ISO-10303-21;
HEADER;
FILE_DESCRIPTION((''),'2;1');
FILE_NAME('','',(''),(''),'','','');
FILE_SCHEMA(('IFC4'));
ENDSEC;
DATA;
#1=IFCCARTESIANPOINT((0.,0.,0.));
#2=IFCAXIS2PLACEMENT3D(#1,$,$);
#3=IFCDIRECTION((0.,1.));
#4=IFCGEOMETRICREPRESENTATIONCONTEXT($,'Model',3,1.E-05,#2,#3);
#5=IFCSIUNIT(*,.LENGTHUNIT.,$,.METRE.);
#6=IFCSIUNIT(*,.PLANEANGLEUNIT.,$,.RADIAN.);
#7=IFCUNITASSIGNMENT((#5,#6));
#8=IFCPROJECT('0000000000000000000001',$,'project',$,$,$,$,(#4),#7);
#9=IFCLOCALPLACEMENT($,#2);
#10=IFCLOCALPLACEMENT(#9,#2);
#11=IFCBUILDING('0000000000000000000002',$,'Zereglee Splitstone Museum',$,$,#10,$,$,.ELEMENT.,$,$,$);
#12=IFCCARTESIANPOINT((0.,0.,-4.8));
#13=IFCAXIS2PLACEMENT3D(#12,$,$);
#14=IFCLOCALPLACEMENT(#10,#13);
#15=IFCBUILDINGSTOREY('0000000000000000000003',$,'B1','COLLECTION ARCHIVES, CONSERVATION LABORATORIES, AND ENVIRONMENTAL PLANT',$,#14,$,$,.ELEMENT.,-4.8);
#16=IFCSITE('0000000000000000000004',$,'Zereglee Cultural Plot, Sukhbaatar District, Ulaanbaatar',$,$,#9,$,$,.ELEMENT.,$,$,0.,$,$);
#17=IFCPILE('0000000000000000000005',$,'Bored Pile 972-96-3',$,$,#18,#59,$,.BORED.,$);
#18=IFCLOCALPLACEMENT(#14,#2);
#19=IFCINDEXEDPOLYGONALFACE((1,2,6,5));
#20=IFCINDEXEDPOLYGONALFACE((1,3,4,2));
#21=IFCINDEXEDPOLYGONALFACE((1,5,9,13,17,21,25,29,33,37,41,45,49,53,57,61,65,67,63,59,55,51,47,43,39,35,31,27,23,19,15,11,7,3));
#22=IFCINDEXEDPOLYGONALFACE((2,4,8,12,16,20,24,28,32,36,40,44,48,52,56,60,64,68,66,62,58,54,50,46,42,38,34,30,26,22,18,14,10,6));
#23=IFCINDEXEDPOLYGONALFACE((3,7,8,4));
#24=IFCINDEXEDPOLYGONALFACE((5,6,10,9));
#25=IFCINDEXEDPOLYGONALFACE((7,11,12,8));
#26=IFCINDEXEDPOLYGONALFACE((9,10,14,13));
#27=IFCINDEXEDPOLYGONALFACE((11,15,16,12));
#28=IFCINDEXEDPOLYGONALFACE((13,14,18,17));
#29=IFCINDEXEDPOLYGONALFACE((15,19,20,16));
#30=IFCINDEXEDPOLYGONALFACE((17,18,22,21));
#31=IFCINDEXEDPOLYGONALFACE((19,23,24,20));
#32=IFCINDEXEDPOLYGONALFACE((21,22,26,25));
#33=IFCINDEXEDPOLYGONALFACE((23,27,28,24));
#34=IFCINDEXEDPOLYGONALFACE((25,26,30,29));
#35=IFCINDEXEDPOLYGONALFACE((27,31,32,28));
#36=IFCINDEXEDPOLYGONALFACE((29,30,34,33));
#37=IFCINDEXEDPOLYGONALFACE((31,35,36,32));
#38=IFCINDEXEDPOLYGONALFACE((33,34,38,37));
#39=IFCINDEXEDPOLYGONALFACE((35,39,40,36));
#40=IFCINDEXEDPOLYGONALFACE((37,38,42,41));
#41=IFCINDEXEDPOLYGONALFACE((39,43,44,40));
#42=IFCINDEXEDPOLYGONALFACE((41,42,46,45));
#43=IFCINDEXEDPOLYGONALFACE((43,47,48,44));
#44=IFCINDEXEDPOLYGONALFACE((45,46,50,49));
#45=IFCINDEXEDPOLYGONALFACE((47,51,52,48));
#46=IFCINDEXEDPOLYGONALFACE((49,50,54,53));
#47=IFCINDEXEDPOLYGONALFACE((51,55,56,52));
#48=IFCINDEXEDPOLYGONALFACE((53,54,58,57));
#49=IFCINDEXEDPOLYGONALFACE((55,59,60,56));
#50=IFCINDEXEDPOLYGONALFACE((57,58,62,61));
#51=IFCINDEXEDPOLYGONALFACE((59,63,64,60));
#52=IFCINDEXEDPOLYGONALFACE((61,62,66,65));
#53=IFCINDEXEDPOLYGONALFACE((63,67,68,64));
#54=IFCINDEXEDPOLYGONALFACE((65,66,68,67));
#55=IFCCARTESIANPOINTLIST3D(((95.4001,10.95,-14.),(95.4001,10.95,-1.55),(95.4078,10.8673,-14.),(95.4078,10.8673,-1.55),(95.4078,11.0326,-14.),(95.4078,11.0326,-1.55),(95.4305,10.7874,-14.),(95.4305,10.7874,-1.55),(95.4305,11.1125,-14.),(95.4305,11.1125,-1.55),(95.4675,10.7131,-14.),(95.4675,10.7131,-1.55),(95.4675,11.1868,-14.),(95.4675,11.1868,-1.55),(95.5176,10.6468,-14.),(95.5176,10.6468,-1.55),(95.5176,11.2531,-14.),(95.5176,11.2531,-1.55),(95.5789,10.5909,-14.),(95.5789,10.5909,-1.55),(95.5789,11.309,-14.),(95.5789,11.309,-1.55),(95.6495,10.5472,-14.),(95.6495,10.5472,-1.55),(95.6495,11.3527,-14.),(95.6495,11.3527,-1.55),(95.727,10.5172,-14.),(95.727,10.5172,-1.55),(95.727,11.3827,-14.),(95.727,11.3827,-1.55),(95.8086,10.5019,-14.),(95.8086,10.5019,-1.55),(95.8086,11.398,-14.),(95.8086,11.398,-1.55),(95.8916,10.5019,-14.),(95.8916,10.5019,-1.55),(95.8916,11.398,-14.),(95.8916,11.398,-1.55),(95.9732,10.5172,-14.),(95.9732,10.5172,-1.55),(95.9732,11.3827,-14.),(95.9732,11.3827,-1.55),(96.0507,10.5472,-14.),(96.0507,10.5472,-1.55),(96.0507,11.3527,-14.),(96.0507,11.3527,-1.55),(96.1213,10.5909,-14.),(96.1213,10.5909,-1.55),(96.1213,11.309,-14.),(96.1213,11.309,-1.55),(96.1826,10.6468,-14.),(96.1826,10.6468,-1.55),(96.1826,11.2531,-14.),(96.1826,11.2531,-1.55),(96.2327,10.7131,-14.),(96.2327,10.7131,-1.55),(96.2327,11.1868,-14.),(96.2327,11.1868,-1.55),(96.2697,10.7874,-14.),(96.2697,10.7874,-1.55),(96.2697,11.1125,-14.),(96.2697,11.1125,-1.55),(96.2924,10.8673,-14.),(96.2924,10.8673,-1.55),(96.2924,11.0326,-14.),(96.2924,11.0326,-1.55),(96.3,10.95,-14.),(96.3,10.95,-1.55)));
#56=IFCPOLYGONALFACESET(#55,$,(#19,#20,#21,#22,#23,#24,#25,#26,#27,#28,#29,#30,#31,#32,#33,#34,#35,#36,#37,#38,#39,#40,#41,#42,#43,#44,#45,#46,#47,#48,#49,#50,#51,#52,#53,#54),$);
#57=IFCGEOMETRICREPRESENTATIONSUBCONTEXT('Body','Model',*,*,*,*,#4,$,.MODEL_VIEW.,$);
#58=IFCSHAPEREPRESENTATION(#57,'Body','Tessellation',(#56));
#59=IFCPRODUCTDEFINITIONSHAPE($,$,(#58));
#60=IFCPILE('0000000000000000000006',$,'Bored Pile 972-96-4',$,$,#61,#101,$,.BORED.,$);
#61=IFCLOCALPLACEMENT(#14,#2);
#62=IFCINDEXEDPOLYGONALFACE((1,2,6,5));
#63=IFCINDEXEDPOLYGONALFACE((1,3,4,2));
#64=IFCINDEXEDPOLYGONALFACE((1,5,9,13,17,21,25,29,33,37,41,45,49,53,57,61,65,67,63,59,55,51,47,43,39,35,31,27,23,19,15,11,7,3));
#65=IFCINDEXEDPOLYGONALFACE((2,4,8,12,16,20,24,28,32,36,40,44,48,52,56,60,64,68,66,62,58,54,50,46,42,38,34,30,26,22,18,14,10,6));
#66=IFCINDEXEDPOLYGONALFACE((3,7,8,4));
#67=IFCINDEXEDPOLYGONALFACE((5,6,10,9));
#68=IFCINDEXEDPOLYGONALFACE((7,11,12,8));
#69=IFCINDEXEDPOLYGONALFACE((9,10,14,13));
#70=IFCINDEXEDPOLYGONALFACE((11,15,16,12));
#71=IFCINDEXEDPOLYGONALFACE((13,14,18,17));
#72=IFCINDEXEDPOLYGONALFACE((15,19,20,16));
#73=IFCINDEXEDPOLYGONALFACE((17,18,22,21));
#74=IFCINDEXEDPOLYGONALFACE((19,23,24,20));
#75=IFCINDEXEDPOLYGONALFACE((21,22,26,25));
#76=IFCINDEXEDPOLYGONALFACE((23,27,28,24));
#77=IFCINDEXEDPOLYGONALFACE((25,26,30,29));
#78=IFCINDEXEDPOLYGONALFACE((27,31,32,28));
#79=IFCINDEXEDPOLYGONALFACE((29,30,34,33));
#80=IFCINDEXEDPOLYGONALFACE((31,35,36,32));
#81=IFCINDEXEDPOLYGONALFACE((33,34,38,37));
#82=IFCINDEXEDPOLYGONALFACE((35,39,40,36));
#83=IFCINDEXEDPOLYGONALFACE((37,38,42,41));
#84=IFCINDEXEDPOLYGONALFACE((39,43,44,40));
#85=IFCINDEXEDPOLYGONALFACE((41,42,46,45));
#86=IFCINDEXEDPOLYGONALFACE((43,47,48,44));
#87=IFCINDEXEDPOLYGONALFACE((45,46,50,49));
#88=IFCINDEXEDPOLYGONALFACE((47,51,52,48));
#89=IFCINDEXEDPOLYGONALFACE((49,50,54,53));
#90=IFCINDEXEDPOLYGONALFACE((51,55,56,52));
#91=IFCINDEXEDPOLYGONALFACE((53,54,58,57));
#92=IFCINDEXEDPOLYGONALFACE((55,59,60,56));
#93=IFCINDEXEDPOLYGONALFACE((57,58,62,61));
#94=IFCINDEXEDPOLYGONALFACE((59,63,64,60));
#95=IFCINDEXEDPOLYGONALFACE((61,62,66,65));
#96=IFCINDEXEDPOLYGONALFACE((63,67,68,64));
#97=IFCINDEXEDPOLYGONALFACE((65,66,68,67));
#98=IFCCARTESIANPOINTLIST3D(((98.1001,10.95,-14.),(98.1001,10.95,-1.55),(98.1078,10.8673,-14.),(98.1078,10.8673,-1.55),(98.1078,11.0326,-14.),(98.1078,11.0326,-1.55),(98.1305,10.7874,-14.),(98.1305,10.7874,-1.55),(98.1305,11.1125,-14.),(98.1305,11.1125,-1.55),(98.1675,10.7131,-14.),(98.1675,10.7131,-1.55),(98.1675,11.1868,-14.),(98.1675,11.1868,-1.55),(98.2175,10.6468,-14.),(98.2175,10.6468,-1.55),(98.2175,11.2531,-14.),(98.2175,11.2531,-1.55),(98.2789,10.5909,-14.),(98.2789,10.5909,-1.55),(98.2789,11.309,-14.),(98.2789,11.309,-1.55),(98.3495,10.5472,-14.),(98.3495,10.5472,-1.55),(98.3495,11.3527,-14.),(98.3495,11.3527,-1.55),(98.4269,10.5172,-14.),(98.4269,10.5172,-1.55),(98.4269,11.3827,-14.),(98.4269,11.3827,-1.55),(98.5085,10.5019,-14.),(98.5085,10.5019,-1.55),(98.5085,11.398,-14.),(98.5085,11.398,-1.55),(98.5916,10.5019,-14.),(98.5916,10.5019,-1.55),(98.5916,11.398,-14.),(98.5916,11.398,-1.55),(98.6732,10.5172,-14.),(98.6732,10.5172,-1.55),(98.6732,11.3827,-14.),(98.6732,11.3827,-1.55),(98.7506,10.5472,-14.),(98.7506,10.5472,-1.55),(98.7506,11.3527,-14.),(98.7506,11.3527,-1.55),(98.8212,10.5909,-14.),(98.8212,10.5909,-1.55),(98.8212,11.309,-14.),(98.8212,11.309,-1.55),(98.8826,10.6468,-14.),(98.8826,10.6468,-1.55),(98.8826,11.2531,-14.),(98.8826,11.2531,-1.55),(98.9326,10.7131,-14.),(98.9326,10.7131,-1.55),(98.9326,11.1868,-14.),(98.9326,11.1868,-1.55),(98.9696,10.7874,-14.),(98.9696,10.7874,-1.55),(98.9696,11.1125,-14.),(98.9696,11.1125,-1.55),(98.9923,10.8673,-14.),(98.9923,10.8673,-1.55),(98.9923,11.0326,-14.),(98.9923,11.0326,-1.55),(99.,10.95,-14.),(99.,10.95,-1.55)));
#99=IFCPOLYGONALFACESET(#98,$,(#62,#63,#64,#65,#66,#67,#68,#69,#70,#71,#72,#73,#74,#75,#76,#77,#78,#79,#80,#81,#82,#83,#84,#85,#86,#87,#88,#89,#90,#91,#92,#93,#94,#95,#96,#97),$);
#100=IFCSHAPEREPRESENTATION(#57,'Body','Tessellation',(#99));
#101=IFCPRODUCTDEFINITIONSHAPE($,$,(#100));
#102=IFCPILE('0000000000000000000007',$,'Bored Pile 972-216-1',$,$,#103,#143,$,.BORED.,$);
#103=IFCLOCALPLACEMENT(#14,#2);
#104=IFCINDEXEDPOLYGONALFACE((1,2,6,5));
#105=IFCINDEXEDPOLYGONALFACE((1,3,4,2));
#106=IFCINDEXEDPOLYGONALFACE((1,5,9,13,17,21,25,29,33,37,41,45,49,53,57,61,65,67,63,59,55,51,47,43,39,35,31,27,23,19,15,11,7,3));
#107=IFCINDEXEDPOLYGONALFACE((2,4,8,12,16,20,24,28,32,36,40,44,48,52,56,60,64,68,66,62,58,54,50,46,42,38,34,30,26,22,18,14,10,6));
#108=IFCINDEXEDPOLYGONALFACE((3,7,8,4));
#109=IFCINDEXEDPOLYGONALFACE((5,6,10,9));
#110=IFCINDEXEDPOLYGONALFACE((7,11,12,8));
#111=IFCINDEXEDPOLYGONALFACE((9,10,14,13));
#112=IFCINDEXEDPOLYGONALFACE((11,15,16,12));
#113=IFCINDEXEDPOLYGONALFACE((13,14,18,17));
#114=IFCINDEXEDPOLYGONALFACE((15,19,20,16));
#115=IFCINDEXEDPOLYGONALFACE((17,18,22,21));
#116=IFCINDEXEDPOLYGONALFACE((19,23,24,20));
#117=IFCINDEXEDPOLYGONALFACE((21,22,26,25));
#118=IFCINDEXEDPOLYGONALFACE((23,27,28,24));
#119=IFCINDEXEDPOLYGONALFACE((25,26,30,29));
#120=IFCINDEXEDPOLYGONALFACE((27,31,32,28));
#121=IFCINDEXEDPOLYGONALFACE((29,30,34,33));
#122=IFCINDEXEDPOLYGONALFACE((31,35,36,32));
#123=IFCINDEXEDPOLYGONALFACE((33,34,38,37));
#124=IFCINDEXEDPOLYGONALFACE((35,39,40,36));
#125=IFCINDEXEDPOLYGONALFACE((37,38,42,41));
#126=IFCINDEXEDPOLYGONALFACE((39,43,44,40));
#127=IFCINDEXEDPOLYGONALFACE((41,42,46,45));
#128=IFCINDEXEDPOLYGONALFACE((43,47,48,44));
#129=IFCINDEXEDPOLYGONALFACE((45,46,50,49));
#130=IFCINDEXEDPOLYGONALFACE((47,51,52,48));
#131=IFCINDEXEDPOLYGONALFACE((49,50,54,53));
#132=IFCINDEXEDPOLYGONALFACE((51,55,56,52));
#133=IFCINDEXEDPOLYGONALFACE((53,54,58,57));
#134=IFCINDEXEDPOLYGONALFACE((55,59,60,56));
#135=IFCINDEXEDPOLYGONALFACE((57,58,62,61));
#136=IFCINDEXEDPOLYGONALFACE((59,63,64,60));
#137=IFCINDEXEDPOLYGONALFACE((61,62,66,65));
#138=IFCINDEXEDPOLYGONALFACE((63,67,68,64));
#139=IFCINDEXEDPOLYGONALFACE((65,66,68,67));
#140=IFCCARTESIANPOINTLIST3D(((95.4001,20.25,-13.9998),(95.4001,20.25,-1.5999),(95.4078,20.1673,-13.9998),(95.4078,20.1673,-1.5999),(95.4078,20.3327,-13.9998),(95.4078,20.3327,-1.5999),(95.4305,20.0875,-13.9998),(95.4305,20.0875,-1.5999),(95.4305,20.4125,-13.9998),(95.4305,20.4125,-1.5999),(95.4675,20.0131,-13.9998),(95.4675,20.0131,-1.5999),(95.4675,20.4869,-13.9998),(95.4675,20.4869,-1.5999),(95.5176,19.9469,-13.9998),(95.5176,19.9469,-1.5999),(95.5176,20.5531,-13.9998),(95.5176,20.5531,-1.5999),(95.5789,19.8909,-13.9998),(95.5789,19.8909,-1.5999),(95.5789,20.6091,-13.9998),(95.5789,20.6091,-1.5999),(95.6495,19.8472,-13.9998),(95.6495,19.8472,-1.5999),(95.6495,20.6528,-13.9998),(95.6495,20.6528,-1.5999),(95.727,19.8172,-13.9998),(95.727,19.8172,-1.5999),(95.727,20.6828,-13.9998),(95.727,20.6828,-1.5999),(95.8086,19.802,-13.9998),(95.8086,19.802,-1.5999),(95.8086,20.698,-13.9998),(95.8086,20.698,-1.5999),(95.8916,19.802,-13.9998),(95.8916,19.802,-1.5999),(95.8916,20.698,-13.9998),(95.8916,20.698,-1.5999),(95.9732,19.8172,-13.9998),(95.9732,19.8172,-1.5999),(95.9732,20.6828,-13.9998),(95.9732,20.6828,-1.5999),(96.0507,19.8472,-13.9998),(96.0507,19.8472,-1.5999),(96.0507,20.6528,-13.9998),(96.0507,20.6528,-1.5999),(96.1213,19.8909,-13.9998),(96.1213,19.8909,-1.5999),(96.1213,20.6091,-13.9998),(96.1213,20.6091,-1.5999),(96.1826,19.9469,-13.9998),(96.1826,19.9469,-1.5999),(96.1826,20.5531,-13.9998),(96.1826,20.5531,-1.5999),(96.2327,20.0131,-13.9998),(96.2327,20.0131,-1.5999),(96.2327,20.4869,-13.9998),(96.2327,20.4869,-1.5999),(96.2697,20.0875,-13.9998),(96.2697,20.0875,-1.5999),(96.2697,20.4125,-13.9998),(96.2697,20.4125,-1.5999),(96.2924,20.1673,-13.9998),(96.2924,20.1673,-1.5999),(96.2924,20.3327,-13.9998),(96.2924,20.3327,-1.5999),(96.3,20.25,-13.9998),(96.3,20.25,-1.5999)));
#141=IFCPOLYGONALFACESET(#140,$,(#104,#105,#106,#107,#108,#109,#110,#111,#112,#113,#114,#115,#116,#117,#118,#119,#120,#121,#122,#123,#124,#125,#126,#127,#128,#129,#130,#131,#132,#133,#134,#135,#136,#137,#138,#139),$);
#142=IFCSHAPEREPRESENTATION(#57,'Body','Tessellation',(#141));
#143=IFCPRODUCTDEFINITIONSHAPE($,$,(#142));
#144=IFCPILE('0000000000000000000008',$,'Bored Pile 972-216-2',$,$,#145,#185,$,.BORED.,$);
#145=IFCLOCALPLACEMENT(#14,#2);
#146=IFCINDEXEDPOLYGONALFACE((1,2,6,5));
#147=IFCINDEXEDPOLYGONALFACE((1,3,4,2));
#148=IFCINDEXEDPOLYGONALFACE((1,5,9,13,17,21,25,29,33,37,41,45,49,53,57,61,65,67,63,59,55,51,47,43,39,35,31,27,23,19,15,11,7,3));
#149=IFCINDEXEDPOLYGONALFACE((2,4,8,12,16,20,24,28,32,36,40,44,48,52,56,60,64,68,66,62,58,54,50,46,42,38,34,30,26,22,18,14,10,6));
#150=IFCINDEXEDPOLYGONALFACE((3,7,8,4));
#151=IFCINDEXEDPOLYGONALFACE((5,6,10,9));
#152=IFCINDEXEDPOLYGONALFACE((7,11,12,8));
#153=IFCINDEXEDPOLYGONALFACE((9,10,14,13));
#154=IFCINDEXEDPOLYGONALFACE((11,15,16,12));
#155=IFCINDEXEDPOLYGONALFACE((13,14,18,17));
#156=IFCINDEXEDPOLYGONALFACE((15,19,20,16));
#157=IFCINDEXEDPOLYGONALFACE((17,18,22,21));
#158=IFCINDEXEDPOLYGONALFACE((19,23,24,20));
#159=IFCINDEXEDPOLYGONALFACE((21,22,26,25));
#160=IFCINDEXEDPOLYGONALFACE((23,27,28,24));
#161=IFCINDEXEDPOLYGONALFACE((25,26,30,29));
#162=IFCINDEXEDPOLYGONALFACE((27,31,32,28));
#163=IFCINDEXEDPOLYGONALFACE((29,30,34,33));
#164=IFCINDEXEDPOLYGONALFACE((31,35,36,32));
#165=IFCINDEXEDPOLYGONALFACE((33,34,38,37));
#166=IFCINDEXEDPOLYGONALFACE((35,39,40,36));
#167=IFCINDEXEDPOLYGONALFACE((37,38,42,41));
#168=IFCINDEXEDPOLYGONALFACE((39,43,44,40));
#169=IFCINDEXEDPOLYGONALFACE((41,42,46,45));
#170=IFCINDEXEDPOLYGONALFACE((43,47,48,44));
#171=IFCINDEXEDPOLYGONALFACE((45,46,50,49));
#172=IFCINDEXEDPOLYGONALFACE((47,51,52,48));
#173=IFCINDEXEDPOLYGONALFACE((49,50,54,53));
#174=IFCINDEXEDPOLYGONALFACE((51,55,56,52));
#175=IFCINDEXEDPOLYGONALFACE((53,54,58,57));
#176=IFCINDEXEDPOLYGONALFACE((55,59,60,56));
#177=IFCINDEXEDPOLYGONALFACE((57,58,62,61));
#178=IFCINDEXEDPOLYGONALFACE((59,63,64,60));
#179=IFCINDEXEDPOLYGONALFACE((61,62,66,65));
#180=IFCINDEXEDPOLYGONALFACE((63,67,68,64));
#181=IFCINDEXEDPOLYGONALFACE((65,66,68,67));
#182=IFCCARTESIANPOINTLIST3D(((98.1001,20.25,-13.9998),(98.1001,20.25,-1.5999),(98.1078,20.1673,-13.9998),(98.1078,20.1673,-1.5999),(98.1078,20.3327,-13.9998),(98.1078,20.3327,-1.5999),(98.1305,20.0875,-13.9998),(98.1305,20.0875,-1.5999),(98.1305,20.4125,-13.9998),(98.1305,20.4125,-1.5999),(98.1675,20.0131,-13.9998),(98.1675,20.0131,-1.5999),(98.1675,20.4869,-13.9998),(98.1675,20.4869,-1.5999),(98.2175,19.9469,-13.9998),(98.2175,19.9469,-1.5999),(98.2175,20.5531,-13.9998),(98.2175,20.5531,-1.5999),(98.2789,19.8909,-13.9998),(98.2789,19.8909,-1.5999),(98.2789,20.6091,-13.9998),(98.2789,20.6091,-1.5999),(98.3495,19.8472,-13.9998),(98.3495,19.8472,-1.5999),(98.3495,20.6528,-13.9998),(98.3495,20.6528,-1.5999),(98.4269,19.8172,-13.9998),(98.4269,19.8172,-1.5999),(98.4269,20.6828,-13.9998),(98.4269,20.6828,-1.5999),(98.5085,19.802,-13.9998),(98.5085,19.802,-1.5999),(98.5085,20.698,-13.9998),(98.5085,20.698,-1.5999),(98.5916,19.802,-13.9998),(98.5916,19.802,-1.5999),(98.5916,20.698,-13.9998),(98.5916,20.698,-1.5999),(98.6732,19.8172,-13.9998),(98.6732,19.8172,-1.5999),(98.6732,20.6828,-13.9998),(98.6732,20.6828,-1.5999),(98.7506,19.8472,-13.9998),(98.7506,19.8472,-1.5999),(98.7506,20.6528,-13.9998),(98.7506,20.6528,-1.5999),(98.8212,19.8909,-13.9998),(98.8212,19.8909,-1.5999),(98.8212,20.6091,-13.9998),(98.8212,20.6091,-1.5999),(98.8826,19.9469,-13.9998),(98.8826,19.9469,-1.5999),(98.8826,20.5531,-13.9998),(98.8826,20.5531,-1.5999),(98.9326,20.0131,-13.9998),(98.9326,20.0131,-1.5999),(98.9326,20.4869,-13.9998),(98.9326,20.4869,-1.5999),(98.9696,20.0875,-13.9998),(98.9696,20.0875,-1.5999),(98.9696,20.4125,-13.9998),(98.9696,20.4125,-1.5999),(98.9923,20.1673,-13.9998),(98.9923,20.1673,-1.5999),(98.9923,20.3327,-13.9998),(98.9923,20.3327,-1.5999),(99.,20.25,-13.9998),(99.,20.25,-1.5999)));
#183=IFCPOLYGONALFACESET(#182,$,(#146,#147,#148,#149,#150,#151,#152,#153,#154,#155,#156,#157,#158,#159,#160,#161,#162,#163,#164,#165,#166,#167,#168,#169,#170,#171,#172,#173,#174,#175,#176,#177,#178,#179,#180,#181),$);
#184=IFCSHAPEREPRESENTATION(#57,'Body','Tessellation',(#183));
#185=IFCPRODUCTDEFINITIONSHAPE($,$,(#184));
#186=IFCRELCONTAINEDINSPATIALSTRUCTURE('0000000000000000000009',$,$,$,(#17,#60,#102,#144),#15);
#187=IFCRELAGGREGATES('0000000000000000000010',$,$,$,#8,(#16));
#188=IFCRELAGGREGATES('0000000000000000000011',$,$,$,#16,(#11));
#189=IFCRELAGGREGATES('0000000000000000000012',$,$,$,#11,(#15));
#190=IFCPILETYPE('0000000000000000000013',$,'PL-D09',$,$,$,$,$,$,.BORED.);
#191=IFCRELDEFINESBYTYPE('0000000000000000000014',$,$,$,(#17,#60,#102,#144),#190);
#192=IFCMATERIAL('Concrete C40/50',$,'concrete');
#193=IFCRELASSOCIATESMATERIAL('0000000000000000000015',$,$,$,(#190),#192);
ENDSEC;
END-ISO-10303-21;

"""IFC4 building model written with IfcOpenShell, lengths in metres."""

from ifc_helpers import new_model, si_unit, direction, frame, origin, origin_2d, place, context, subcontext, project, spatial, circle, extrude, material, material_profile, profile_set, type_object, element, save


model = new_model("IFC4")

# Units and contexts
model_context = context("Model", 3, precision=1e-05, world=origin(), true_north=direction((0.0, 1.0)))
body_context = subcontext(model_context, "Body", "Model", "MODEL_VIEW")
ifc_project = project(units=[si_unit("LENGTHUNIT", "METRE"), si_unit("PLANEANGLEUNIT", "RADIAN")], contexts=[model_context])

# Site, building, storey
site_placement = place(None, origin())
site = spatial("IfcSite", under=ifc_project, at=site_placement, Name="Zereglee Cultural Plot, Sukhbaatar District, Ulaanbaatar", CompositionType="ELEMENT", RefElevation=0.0)
building_placement = place(site_placement, origin())
building = spatial("IfcBuilding", under=site, at=building_placement, Name="Zereglee Splitstone Museum", CompositionType="ELEMENT")
storey_placement = place(building_placement, frame((0.0, 0.0, -4.8)))
storey = spatial("IfcBuildingStorey", under=building, at=storey_placement, Name="B1", Description="COLLECTION ARCHIVES, CONSERVATION LABORATORIES, AND ENVIRONMENTAL PLANT", CompositionType="ELEMENT", Elevation=-4.8)

# Shared definitions
ifc_material_1 = material(Name="Concrete C40/50", Category="concrete")

# Piles
ifc_material_profile_1 = material_profile(ifc_material_1, circle(Radius=0.45, at=origin_2d()), Name="PILE D900")
ifc_profile_set_1 = profile_set([ifc_material_profile_1], Name="Concrete C40/50")
pile_type = type_object("IfcPileType", Name="PL-D09", PredefinedType="BORED", material=ifc_profile_set_1)
for number, where, z_axis, x_axis, name in (
    (1, (95.8501, 10.95, -1.55), (0.0, 0.0, -1.0), (1.0, 0.0, 0.0), "Bored Pile 972-96-3"),
    (2, (98.55, 10.95, -1.55), (0.0, 0.0, -1.0), (1.0, 0.0, 0.0), "Bored Pile 972-96-4"),
):
    element("IfcPile", number, at=place(storey_placement, frame(where, z_axis=z_axis, x_axis=x_axis)), inside=storey, type_object=pile_type, Name=name, PredefinedType="BORED", context=body_context, shape_type="SweptSolid", body=[
        extrude(circle(Radius=0.45, at=origin_2d()), origin(), (0.0, 0.0, 1.0), 12.45),
    ])
for number, where, z_axis, x_axis, name in (
    (3, (95.8501, 20.25, -1.5999), (0.0, 0.0, -1.0), (1.0, 0.0, 0.0), "Bored Pile 972-216-1"),
    (4, (98.55, 20.25, -1.5999), (0.0, 0.0, -1.0), (1.0, 0.0, 0.0), "Bored Pile 972-216-2"),
):
    element("IfcPile", number, at=place(storey_placement, frame(where, z_axis=z_axis, x_axis=x_axis)), inside=storey, type_object=pile_type, Name=name, PredefinedType="BORED", context=body_context, shape_type="SweptSolid", body=[
        extrude(circle(Radius=0.45, at=origin_2d()), origin(), (0.0, 0.0, 1.0), 12.3999),
    ])

save(model, "model.ifc")
